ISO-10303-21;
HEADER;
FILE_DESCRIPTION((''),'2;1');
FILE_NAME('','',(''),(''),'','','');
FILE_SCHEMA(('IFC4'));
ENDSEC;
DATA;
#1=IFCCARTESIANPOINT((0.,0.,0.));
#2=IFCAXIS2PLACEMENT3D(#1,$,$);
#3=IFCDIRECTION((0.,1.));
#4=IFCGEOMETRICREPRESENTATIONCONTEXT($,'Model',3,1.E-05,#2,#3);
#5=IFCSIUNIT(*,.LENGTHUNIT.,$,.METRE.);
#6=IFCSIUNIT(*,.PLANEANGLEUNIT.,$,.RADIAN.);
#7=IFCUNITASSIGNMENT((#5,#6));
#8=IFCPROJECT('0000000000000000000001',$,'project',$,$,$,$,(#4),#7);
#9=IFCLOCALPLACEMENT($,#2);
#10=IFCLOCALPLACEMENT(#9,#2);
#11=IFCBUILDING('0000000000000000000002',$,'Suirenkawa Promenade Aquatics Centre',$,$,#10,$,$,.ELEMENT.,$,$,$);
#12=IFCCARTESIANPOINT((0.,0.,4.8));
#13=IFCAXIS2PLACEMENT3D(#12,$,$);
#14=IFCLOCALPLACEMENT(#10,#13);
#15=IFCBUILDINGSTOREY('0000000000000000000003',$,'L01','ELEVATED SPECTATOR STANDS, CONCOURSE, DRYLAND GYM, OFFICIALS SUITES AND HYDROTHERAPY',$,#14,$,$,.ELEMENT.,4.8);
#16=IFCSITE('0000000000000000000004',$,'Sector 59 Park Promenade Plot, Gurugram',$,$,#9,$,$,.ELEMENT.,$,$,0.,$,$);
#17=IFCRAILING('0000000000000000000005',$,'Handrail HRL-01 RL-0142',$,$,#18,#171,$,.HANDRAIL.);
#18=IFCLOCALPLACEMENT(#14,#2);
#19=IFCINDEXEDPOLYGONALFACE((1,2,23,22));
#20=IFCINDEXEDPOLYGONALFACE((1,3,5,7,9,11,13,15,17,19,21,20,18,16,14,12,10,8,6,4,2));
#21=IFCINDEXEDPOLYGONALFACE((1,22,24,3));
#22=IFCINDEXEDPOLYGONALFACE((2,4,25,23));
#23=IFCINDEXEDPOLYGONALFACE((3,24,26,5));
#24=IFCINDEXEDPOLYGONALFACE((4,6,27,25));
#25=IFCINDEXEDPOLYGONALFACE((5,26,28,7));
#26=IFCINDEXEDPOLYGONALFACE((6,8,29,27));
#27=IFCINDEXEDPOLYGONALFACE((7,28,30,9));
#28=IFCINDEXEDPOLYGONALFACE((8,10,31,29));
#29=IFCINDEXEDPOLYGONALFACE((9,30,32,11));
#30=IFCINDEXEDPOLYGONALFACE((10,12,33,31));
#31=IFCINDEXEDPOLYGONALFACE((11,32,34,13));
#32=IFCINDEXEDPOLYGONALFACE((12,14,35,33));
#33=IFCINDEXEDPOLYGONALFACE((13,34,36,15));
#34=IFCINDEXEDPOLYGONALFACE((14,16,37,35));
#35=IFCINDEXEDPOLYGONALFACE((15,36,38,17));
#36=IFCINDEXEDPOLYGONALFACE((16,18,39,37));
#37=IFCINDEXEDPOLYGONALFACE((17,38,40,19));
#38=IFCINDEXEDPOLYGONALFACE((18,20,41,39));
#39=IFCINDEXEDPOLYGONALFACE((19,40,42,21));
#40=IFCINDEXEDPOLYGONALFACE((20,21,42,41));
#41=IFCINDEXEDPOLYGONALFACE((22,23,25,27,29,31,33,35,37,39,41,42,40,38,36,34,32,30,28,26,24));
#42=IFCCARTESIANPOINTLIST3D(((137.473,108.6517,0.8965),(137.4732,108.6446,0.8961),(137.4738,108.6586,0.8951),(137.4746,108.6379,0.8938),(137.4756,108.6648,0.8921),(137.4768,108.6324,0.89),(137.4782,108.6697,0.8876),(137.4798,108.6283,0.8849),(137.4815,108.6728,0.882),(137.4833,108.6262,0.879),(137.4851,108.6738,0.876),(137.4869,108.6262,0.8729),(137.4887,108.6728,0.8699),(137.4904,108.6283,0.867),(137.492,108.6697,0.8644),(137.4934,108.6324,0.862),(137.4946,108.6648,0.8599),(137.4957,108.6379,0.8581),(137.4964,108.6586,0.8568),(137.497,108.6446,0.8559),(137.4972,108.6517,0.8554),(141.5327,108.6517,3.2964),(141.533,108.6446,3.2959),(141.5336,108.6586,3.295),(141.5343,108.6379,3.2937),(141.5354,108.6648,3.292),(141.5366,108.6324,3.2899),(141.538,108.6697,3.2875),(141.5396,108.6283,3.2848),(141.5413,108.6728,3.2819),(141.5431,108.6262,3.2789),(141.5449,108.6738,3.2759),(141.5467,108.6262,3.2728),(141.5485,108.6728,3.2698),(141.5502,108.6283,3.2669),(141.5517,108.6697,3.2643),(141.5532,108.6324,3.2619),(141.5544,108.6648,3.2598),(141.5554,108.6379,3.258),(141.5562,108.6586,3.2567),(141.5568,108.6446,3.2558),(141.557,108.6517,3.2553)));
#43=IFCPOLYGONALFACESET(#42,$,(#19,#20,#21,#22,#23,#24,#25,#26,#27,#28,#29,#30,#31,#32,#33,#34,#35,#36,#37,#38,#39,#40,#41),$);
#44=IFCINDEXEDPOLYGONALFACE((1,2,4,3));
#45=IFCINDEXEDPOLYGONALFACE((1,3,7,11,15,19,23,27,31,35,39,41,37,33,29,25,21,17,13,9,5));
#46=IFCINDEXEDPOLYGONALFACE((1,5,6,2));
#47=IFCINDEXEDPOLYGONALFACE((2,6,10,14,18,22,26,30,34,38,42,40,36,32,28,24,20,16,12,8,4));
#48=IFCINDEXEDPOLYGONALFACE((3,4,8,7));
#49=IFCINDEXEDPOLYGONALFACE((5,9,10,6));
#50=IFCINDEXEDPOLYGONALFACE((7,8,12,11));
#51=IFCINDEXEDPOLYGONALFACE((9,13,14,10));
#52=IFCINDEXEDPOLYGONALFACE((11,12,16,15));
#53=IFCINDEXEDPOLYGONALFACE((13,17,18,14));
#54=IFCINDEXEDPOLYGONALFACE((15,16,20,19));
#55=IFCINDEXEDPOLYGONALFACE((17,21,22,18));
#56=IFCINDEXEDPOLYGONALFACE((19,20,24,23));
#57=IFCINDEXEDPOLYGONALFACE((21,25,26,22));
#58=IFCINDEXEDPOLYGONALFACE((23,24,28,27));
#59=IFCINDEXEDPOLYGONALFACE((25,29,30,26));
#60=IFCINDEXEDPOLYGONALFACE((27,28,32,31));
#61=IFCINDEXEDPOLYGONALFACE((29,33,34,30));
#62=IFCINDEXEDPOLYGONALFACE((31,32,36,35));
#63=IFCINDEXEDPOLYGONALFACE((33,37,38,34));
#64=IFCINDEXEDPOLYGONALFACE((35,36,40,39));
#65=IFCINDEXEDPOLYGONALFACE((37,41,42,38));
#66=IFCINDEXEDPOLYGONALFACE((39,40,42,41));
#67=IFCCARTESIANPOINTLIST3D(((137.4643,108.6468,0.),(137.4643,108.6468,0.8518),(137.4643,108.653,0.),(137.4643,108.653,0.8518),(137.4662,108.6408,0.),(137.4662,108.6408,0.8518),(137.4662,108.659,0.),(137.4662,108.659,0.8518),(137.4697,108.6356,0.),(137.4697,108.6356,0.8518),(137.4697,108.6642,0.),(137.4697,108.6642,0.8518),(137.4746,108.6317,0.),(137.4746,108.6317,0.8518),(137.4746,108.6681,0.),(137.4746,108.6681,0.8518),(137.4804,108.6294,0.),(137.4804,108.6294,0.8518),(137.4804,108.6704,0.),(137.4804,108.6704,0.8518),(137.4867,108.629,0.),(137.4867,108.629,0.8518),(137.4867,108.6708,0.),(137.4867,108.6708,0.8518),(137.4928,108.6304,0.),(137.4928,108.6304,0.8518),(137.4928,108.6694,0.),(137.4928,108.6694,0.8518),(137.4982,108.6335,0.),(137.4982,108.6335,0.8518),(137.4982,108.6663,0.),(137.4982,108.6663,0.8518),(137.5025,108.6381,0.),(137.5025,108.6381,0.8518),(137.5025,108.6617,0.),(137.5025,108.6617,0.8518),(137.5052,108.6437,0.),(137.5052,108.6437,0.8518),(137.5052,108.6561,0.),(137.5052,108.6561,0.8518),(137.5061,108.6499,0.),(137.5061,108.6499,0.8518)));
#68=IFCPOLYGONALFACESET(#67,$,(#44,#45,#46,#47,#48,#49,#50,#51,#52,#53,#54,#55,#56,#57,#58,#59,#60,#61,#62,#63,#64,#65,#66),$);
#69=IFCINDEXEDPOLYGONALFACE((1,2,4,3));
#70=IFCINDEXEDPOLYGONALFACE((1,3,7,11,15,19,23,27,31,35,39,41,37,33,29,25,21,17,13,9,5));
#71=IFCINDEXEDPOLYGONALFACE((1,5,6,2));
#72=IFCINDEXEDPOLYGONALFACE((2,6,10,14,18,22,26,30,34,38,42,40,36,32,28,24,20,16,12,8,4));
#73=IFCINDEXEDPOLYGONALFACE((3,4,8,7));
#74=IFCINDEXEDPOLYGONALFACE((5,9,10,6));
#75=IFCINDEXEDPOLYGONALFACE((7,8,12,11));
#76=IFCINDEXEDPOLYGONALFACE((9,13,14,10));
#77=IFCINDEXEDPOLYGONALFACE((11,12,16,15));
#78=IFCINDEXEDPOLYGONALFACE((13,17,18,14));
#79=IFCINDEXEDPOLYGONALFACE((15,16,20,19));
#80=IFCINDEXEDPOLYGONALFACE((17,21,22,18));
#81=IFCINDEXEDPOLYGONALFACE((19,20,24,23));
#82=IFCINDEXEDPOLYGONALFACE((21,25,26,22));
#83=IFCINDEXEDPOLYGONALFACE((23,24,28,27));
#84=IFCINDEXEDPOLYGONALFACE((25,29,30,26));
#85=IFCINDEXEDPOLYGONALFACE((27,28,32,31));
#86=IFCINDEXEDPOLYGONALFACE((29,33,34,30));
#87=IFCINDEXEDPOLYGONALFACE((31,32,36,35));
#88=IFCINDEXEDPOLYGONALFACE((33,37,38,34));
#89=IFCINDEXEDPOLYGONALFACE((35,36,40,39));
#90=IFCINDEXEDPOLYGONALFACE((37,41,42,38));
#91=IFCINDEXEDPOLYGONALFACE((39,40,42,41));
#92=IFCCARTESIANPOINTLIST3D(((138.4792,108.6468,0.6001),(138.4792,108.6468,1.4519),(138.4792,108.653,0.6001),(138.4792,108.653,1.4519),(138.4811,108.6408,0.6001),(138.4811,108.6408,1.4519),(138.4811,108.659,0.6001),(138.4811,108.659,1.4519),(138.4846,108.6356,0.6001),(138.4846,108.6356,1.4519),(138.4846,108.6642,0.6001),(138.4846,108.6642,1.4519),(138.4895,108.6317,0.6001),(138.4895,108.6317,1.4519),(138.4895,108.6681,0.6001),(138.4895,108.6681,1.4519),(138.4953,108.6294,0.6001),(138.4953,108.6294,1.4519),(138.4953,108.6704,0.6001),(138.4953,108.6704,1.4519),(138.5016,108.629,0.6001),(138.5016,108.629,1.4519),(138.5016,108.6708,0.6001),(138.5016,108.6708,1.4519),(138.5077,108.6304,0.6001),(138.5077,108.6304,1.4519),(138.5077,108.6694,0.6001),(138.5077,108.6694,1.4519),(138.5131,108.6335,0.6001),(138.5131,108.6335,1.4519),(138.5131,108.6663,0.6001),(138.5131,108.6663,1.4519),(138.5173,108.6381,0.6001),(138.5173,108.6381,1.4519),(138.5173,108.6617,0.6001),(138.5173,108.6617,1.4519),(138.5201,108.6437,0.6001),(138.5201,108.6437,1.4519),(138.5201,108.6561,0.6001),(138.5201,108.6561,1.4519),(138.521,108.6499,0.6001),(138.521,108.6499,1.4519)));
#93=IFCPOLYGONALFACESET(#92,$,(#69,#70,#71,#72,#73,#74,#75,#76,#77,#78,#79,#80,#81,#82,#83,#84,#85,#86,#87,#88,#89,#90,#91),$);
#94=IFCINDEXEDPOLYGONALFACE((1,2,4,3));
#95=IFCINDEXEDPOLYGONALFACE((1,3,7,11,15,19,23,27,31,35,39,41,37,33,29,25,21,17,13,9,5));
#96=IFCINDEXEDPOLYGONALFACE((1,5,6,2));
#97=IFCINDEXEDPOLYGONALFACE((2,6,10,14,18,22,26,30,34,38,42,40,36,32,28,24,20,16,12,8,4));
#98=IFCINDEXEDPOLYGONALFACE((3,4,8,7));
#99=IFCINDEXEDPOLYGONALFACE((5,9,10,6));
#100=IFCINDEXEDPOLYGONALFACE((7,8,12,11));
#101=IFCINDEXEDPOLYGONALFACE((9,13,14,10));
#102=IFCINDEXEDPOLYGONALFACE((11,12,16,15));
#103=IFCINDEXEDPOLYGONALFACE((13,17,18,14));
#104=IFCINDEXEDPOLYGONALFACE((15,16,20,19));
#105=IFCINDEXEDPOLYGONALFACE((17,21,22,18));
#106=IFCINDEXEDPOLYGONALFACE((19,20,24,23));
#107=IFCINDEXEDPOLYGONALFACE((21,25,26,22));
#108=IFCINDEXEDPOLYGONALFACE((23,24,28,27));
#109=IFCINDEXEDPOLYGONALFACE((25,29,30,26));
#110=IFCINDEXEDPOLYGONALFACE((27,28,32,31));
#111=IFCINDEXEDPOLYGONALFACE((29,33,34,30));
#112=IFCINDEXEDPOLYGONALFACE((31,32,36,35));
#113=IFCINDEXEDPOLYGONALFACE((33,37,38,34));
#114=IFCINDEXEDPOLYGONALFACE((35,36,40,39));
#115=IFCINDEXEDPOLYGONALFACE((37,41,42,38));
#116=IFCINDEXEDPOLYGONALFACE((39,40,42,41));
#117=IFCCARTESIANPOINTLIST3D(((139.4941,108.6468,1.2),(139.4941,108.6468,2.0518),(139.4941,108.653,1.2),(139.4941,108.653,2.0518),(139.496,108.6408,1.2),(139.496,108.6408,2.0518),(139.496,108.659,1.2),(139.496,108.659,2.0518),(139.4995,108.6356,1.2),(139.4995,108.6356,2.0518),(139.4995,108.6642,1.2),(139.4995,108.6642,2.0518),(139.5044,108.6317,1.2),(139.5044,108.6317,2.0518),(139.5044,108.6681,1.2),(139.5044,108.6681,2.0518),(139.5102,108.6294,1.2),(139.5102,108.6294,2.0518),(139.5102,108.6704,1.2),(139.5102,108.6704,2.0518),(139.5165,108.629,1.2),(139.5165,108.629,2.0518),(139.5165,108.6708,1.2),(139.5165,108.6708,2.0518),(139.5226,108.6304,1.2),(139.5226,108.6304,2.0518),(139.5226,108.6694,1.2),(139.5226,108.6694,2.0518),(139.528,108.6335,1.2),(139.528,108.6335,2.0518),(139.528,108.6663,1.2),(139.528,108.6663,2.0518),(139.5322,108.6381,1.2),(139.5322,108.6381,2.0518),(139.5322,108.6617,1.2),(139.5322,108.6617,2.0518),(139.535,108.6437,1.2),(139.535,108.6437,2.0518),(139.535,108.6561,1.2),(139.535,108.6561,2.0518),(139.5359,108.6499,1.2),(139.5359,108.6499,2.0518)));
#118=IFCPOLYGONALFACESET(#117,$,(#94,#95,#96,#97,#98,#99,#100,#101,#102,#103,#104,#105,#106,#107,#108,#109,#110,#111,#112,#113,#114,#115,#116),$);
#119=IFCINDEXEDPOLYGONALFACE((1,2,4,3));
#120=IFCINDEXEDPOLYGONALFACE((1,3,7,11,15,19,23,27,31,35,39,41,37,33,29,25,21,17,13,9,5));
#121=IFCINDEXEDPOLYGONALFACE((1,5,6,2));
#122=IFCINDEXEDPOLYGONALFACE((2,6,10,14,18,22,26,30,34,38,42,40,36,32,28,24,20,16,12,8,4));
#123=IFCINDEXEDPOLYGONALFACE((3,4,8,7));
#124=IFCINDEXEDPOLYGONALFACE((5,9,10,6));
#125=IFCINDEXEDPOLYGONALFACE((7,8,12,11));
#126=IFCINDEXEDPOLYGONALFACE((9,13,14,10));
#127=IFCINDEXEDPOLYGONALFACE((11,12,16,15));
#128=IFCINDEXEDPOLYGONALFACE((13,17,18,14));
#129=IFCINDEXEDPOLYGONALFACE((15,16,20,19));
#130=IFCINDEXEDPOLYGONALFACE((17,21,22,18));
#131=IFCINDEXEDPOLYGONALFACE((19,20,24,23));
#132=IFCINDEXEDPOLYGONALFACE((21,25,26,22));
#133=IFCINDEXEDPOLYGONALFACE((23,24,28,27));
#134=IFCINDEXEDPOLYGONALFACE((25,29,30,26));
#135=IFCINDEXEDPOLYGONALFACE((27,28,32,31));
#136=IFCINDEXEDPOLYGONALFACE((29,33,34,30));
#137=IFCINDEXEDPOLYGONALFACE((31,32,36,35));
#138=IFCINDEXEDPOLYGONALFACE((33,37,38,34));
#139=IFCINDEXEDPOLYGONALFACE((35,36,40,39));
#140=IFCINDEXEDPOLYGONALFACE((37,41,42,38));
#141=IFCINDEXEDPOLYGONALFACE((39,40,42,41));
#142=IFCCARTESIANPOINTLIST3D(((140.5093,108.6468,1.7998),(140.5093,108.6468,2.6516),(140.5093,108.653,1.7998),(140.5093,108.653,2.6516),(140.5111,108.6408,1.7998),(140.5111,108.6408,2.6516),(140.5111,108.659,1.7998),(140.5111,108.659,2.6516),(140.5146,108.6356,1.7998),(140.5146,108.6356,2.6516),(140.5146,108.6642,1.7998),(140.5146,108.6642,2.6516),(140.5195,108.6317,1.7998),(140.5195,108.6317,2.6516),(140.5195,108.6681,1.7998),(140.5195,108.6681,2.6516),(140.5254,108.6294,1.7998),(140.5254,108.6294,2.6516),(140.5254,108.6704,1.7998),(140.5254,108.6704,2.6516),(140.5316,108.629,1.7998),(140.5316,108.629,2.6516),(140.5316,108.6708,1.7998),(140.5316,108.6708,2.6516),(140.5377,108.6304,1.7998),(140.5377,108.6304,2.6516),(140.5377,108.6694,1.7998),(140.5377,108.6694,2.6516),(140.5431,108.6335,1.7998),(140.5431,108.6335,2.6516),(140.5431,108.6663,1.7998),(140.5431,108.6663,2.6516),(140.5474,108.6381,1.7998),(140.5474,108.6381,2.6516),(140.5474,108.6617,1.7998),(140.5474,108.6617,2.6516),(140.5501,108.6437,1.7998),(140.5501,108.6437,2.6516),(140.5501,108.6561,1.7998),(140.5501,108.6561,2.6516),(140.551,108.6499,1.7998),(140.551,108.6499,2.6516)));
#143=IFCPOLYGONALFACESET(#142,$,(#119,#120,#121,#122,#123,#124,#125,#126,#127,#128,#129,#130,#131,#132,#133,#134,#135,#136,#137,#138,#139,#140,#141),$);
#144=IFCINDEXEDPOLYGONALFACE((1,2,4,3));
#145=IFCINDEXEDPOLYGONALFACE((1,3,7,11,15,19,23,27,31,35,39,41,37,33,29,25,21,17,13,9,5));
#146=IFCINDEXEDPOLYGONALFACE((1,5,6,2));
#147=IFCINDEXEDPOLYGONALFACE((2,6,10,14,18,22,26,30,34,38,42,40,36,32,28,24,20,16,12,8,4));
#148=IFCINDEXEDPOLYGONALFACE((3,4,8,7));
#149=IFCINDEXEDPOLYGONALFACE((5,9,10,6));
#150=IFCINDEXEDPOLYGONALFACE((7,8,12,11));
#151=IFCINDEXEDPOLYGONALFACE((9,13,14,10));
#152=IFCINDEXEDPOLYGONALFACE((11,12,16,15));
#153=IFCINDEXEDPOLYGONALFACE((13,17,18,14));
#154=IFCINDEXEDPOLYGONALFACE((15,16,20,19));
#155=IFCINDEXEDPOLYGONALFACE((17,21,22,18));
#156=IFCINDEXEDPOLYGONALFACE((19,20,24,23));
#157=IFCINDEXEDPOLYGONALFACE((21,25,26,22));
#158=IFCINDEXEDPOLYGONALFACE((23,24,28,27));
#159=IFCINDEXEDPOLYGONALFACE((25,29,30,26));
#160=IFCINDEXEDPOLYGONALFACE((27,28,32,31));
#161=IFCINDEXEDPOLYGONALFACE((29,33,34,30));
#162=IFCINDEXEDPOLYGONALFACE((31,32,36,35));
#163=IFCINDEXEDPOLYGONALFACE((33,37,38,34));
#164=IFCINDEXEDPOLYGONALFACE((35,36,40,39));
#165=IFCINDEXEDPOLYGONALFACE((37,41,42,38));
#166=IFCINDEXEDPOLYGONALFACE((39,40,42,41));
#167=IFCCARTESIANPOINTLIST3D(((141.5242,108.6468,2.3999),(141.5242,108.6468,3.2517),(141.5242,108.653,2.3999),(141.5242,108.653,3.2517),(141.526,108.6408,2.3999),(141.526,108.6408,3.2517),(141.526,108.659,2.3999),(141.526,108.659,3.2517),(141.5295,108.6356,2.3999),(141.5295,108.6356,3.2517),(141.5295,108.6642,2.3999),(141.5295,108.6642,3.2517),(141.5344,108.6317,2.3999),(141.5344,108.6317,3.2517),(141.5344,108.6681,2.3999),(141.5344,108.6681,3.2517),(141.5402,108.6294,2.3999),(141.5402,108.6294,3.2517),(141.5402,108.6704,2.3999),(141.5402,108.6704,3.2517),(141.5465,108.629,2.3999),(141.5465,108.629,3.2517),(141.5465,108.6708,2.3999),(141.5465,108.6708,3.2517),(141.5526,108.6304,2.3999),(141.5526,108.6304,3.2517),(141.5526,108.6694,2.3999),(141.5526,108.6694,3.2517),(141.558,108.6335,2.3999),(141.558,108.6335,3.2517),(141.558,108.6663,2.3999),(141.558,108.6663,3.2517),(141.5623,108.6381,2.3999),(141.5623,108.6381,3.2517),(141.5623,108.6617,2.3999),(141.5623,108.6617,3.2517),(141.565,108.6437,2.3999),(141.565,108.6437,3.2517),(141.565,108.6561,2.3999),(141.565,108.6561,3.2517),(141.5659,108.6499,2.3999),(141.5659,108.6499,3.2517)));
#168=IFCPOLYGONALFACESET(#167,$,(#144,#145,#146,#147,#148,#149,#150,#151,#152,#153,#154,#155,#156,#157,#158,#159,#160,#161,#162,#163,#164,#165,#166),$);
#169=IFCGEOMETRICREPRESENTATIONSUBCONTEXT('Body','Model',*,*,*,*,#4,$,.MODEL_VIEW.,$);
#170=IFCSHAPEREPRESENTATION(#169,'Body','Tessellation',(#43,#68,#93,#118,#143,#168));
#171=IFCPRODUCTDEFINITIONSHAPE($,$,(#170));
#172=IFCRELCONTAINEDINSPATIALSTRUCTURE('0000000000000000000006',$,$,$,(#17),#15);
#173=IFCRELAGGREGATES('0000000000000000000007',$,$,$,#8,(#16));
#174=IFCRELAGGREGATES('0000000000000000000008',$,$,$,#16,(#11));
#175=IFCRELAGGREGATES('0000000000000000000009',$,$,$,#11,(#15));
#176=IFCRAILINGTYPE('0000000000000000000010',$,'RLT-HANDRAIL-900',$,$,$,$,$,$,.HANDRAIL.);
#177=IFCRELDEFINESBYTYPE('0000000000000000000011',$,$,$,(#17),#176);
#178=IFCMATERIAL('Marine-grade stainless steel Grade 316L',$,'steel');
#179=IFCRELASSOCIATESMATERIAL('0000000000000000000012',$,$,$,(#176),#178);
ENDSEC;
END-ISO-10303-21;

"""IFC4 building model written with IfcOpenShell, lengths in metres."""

from ifc_helpers import new_model, si_unit, direction, frame, origin, origin_2d, place, context, subcontext, project, spatial, circle, extrude, material, type_object, element, save


model = new_model("IFC4")

# Units and contexts
model_context = context("Model", 3, precision=1e-05, world=origin(), true_north=direction((0.0, 1.0)))
body_context = subcontext(model_context, "Body", "Model", "MODEL_VIEW")
ifc_project = project(units=[si_unit("LENGTHUNIT", "METRE"), si_unit("PLANEANGLEUNIT", "RADIAN")], contexts=[model_context])

# Site, building, storey
site_placement = place(None, origin())
site = spatial("IfcSite", under=ifc_project, at=site_placement, Name="Sector 59 Park Promenade Plot, Gurugram", CompositionType="ELEMENT", RefElevation=0.0)
building_placement = place(site_placement, origin())
building = spatial("IfcBuilding", under=site, at=building_placement, Name="Suirenkawa Promenade Aquatics Centre", CompositionType="ELEMENT")
storey_placement = place(building_placement, frame((0.0, 0.0, 4.8)))
storey = spatial("IfcBuildingStorey", under=building, at=storey_placement, Name="L01", Description="ELEVATED SPECTATOR STANDS, CONCOURSE, DRYLAND GYM, OFFICIALS SUITES AND HYDROTHERAPY", CompositionType="ELEMENT", Elevation=4.8)

# Shared definitions
ifc_material_1 = material(Name="Marine-grade stainless steel Grade 316L", Category="steel")

# Railing
railing_type_1 = type_object("IfcRailingType", Name="RLT-HANDRAIL-900", PredefinedType="HANDRAIL", material=ifc_material_1)
railing_1_placement = place(storey_placement, frame((137.4851, 108.6499, 0.0)))
element("IfcRailing", 1, at=railing_1_placement, inside=storey, type_object=railing_type_1, Name="Handrail HRL-01 RL-0142", PredefinedType="HANDRAIL", context=body_context, shape_type="SweptSolid", body=[
    extrude(circle(Radius=0.0239, at=origin_2d()), frame((0.0, 0.0, 0.876), z_axis=(0.860841, 0.0, 0.508874), x_axis=(0.0, 1.0, 0.0)), (0.0, 0.0, 1.0), 4.7161),
    extrude(circle(Radius=0.021, at=origin_2d()), origin(), (0.0, 0.0, 1.0), 0.8518),
    extrude(circle(Radius=0.021, at=origin_2d()), frame((1.0149, 0.0, 0.6001)), (0.0, 0.0, 1.0), 0.8518),
    extrude(circle(Radius=0.021, at=origin_2d()), frame((2.0298, 0.0, 1.2)), (0.0, 0.0, 1.0), 0.8518),
    extrude(circle(Radius=0.021, at=origin_2d()), frame((3.0449, 0.0, 1.7998)), (0.0, 0.0, 1.0), 0.8518),
    extrude(circle(Radius=0.021, at=origin_2d()), frame((4.0598, 0.0, 2.3999)), (0.0, 0.0, 1.0), 0.8518),
])

save(model, "model.ifc")
